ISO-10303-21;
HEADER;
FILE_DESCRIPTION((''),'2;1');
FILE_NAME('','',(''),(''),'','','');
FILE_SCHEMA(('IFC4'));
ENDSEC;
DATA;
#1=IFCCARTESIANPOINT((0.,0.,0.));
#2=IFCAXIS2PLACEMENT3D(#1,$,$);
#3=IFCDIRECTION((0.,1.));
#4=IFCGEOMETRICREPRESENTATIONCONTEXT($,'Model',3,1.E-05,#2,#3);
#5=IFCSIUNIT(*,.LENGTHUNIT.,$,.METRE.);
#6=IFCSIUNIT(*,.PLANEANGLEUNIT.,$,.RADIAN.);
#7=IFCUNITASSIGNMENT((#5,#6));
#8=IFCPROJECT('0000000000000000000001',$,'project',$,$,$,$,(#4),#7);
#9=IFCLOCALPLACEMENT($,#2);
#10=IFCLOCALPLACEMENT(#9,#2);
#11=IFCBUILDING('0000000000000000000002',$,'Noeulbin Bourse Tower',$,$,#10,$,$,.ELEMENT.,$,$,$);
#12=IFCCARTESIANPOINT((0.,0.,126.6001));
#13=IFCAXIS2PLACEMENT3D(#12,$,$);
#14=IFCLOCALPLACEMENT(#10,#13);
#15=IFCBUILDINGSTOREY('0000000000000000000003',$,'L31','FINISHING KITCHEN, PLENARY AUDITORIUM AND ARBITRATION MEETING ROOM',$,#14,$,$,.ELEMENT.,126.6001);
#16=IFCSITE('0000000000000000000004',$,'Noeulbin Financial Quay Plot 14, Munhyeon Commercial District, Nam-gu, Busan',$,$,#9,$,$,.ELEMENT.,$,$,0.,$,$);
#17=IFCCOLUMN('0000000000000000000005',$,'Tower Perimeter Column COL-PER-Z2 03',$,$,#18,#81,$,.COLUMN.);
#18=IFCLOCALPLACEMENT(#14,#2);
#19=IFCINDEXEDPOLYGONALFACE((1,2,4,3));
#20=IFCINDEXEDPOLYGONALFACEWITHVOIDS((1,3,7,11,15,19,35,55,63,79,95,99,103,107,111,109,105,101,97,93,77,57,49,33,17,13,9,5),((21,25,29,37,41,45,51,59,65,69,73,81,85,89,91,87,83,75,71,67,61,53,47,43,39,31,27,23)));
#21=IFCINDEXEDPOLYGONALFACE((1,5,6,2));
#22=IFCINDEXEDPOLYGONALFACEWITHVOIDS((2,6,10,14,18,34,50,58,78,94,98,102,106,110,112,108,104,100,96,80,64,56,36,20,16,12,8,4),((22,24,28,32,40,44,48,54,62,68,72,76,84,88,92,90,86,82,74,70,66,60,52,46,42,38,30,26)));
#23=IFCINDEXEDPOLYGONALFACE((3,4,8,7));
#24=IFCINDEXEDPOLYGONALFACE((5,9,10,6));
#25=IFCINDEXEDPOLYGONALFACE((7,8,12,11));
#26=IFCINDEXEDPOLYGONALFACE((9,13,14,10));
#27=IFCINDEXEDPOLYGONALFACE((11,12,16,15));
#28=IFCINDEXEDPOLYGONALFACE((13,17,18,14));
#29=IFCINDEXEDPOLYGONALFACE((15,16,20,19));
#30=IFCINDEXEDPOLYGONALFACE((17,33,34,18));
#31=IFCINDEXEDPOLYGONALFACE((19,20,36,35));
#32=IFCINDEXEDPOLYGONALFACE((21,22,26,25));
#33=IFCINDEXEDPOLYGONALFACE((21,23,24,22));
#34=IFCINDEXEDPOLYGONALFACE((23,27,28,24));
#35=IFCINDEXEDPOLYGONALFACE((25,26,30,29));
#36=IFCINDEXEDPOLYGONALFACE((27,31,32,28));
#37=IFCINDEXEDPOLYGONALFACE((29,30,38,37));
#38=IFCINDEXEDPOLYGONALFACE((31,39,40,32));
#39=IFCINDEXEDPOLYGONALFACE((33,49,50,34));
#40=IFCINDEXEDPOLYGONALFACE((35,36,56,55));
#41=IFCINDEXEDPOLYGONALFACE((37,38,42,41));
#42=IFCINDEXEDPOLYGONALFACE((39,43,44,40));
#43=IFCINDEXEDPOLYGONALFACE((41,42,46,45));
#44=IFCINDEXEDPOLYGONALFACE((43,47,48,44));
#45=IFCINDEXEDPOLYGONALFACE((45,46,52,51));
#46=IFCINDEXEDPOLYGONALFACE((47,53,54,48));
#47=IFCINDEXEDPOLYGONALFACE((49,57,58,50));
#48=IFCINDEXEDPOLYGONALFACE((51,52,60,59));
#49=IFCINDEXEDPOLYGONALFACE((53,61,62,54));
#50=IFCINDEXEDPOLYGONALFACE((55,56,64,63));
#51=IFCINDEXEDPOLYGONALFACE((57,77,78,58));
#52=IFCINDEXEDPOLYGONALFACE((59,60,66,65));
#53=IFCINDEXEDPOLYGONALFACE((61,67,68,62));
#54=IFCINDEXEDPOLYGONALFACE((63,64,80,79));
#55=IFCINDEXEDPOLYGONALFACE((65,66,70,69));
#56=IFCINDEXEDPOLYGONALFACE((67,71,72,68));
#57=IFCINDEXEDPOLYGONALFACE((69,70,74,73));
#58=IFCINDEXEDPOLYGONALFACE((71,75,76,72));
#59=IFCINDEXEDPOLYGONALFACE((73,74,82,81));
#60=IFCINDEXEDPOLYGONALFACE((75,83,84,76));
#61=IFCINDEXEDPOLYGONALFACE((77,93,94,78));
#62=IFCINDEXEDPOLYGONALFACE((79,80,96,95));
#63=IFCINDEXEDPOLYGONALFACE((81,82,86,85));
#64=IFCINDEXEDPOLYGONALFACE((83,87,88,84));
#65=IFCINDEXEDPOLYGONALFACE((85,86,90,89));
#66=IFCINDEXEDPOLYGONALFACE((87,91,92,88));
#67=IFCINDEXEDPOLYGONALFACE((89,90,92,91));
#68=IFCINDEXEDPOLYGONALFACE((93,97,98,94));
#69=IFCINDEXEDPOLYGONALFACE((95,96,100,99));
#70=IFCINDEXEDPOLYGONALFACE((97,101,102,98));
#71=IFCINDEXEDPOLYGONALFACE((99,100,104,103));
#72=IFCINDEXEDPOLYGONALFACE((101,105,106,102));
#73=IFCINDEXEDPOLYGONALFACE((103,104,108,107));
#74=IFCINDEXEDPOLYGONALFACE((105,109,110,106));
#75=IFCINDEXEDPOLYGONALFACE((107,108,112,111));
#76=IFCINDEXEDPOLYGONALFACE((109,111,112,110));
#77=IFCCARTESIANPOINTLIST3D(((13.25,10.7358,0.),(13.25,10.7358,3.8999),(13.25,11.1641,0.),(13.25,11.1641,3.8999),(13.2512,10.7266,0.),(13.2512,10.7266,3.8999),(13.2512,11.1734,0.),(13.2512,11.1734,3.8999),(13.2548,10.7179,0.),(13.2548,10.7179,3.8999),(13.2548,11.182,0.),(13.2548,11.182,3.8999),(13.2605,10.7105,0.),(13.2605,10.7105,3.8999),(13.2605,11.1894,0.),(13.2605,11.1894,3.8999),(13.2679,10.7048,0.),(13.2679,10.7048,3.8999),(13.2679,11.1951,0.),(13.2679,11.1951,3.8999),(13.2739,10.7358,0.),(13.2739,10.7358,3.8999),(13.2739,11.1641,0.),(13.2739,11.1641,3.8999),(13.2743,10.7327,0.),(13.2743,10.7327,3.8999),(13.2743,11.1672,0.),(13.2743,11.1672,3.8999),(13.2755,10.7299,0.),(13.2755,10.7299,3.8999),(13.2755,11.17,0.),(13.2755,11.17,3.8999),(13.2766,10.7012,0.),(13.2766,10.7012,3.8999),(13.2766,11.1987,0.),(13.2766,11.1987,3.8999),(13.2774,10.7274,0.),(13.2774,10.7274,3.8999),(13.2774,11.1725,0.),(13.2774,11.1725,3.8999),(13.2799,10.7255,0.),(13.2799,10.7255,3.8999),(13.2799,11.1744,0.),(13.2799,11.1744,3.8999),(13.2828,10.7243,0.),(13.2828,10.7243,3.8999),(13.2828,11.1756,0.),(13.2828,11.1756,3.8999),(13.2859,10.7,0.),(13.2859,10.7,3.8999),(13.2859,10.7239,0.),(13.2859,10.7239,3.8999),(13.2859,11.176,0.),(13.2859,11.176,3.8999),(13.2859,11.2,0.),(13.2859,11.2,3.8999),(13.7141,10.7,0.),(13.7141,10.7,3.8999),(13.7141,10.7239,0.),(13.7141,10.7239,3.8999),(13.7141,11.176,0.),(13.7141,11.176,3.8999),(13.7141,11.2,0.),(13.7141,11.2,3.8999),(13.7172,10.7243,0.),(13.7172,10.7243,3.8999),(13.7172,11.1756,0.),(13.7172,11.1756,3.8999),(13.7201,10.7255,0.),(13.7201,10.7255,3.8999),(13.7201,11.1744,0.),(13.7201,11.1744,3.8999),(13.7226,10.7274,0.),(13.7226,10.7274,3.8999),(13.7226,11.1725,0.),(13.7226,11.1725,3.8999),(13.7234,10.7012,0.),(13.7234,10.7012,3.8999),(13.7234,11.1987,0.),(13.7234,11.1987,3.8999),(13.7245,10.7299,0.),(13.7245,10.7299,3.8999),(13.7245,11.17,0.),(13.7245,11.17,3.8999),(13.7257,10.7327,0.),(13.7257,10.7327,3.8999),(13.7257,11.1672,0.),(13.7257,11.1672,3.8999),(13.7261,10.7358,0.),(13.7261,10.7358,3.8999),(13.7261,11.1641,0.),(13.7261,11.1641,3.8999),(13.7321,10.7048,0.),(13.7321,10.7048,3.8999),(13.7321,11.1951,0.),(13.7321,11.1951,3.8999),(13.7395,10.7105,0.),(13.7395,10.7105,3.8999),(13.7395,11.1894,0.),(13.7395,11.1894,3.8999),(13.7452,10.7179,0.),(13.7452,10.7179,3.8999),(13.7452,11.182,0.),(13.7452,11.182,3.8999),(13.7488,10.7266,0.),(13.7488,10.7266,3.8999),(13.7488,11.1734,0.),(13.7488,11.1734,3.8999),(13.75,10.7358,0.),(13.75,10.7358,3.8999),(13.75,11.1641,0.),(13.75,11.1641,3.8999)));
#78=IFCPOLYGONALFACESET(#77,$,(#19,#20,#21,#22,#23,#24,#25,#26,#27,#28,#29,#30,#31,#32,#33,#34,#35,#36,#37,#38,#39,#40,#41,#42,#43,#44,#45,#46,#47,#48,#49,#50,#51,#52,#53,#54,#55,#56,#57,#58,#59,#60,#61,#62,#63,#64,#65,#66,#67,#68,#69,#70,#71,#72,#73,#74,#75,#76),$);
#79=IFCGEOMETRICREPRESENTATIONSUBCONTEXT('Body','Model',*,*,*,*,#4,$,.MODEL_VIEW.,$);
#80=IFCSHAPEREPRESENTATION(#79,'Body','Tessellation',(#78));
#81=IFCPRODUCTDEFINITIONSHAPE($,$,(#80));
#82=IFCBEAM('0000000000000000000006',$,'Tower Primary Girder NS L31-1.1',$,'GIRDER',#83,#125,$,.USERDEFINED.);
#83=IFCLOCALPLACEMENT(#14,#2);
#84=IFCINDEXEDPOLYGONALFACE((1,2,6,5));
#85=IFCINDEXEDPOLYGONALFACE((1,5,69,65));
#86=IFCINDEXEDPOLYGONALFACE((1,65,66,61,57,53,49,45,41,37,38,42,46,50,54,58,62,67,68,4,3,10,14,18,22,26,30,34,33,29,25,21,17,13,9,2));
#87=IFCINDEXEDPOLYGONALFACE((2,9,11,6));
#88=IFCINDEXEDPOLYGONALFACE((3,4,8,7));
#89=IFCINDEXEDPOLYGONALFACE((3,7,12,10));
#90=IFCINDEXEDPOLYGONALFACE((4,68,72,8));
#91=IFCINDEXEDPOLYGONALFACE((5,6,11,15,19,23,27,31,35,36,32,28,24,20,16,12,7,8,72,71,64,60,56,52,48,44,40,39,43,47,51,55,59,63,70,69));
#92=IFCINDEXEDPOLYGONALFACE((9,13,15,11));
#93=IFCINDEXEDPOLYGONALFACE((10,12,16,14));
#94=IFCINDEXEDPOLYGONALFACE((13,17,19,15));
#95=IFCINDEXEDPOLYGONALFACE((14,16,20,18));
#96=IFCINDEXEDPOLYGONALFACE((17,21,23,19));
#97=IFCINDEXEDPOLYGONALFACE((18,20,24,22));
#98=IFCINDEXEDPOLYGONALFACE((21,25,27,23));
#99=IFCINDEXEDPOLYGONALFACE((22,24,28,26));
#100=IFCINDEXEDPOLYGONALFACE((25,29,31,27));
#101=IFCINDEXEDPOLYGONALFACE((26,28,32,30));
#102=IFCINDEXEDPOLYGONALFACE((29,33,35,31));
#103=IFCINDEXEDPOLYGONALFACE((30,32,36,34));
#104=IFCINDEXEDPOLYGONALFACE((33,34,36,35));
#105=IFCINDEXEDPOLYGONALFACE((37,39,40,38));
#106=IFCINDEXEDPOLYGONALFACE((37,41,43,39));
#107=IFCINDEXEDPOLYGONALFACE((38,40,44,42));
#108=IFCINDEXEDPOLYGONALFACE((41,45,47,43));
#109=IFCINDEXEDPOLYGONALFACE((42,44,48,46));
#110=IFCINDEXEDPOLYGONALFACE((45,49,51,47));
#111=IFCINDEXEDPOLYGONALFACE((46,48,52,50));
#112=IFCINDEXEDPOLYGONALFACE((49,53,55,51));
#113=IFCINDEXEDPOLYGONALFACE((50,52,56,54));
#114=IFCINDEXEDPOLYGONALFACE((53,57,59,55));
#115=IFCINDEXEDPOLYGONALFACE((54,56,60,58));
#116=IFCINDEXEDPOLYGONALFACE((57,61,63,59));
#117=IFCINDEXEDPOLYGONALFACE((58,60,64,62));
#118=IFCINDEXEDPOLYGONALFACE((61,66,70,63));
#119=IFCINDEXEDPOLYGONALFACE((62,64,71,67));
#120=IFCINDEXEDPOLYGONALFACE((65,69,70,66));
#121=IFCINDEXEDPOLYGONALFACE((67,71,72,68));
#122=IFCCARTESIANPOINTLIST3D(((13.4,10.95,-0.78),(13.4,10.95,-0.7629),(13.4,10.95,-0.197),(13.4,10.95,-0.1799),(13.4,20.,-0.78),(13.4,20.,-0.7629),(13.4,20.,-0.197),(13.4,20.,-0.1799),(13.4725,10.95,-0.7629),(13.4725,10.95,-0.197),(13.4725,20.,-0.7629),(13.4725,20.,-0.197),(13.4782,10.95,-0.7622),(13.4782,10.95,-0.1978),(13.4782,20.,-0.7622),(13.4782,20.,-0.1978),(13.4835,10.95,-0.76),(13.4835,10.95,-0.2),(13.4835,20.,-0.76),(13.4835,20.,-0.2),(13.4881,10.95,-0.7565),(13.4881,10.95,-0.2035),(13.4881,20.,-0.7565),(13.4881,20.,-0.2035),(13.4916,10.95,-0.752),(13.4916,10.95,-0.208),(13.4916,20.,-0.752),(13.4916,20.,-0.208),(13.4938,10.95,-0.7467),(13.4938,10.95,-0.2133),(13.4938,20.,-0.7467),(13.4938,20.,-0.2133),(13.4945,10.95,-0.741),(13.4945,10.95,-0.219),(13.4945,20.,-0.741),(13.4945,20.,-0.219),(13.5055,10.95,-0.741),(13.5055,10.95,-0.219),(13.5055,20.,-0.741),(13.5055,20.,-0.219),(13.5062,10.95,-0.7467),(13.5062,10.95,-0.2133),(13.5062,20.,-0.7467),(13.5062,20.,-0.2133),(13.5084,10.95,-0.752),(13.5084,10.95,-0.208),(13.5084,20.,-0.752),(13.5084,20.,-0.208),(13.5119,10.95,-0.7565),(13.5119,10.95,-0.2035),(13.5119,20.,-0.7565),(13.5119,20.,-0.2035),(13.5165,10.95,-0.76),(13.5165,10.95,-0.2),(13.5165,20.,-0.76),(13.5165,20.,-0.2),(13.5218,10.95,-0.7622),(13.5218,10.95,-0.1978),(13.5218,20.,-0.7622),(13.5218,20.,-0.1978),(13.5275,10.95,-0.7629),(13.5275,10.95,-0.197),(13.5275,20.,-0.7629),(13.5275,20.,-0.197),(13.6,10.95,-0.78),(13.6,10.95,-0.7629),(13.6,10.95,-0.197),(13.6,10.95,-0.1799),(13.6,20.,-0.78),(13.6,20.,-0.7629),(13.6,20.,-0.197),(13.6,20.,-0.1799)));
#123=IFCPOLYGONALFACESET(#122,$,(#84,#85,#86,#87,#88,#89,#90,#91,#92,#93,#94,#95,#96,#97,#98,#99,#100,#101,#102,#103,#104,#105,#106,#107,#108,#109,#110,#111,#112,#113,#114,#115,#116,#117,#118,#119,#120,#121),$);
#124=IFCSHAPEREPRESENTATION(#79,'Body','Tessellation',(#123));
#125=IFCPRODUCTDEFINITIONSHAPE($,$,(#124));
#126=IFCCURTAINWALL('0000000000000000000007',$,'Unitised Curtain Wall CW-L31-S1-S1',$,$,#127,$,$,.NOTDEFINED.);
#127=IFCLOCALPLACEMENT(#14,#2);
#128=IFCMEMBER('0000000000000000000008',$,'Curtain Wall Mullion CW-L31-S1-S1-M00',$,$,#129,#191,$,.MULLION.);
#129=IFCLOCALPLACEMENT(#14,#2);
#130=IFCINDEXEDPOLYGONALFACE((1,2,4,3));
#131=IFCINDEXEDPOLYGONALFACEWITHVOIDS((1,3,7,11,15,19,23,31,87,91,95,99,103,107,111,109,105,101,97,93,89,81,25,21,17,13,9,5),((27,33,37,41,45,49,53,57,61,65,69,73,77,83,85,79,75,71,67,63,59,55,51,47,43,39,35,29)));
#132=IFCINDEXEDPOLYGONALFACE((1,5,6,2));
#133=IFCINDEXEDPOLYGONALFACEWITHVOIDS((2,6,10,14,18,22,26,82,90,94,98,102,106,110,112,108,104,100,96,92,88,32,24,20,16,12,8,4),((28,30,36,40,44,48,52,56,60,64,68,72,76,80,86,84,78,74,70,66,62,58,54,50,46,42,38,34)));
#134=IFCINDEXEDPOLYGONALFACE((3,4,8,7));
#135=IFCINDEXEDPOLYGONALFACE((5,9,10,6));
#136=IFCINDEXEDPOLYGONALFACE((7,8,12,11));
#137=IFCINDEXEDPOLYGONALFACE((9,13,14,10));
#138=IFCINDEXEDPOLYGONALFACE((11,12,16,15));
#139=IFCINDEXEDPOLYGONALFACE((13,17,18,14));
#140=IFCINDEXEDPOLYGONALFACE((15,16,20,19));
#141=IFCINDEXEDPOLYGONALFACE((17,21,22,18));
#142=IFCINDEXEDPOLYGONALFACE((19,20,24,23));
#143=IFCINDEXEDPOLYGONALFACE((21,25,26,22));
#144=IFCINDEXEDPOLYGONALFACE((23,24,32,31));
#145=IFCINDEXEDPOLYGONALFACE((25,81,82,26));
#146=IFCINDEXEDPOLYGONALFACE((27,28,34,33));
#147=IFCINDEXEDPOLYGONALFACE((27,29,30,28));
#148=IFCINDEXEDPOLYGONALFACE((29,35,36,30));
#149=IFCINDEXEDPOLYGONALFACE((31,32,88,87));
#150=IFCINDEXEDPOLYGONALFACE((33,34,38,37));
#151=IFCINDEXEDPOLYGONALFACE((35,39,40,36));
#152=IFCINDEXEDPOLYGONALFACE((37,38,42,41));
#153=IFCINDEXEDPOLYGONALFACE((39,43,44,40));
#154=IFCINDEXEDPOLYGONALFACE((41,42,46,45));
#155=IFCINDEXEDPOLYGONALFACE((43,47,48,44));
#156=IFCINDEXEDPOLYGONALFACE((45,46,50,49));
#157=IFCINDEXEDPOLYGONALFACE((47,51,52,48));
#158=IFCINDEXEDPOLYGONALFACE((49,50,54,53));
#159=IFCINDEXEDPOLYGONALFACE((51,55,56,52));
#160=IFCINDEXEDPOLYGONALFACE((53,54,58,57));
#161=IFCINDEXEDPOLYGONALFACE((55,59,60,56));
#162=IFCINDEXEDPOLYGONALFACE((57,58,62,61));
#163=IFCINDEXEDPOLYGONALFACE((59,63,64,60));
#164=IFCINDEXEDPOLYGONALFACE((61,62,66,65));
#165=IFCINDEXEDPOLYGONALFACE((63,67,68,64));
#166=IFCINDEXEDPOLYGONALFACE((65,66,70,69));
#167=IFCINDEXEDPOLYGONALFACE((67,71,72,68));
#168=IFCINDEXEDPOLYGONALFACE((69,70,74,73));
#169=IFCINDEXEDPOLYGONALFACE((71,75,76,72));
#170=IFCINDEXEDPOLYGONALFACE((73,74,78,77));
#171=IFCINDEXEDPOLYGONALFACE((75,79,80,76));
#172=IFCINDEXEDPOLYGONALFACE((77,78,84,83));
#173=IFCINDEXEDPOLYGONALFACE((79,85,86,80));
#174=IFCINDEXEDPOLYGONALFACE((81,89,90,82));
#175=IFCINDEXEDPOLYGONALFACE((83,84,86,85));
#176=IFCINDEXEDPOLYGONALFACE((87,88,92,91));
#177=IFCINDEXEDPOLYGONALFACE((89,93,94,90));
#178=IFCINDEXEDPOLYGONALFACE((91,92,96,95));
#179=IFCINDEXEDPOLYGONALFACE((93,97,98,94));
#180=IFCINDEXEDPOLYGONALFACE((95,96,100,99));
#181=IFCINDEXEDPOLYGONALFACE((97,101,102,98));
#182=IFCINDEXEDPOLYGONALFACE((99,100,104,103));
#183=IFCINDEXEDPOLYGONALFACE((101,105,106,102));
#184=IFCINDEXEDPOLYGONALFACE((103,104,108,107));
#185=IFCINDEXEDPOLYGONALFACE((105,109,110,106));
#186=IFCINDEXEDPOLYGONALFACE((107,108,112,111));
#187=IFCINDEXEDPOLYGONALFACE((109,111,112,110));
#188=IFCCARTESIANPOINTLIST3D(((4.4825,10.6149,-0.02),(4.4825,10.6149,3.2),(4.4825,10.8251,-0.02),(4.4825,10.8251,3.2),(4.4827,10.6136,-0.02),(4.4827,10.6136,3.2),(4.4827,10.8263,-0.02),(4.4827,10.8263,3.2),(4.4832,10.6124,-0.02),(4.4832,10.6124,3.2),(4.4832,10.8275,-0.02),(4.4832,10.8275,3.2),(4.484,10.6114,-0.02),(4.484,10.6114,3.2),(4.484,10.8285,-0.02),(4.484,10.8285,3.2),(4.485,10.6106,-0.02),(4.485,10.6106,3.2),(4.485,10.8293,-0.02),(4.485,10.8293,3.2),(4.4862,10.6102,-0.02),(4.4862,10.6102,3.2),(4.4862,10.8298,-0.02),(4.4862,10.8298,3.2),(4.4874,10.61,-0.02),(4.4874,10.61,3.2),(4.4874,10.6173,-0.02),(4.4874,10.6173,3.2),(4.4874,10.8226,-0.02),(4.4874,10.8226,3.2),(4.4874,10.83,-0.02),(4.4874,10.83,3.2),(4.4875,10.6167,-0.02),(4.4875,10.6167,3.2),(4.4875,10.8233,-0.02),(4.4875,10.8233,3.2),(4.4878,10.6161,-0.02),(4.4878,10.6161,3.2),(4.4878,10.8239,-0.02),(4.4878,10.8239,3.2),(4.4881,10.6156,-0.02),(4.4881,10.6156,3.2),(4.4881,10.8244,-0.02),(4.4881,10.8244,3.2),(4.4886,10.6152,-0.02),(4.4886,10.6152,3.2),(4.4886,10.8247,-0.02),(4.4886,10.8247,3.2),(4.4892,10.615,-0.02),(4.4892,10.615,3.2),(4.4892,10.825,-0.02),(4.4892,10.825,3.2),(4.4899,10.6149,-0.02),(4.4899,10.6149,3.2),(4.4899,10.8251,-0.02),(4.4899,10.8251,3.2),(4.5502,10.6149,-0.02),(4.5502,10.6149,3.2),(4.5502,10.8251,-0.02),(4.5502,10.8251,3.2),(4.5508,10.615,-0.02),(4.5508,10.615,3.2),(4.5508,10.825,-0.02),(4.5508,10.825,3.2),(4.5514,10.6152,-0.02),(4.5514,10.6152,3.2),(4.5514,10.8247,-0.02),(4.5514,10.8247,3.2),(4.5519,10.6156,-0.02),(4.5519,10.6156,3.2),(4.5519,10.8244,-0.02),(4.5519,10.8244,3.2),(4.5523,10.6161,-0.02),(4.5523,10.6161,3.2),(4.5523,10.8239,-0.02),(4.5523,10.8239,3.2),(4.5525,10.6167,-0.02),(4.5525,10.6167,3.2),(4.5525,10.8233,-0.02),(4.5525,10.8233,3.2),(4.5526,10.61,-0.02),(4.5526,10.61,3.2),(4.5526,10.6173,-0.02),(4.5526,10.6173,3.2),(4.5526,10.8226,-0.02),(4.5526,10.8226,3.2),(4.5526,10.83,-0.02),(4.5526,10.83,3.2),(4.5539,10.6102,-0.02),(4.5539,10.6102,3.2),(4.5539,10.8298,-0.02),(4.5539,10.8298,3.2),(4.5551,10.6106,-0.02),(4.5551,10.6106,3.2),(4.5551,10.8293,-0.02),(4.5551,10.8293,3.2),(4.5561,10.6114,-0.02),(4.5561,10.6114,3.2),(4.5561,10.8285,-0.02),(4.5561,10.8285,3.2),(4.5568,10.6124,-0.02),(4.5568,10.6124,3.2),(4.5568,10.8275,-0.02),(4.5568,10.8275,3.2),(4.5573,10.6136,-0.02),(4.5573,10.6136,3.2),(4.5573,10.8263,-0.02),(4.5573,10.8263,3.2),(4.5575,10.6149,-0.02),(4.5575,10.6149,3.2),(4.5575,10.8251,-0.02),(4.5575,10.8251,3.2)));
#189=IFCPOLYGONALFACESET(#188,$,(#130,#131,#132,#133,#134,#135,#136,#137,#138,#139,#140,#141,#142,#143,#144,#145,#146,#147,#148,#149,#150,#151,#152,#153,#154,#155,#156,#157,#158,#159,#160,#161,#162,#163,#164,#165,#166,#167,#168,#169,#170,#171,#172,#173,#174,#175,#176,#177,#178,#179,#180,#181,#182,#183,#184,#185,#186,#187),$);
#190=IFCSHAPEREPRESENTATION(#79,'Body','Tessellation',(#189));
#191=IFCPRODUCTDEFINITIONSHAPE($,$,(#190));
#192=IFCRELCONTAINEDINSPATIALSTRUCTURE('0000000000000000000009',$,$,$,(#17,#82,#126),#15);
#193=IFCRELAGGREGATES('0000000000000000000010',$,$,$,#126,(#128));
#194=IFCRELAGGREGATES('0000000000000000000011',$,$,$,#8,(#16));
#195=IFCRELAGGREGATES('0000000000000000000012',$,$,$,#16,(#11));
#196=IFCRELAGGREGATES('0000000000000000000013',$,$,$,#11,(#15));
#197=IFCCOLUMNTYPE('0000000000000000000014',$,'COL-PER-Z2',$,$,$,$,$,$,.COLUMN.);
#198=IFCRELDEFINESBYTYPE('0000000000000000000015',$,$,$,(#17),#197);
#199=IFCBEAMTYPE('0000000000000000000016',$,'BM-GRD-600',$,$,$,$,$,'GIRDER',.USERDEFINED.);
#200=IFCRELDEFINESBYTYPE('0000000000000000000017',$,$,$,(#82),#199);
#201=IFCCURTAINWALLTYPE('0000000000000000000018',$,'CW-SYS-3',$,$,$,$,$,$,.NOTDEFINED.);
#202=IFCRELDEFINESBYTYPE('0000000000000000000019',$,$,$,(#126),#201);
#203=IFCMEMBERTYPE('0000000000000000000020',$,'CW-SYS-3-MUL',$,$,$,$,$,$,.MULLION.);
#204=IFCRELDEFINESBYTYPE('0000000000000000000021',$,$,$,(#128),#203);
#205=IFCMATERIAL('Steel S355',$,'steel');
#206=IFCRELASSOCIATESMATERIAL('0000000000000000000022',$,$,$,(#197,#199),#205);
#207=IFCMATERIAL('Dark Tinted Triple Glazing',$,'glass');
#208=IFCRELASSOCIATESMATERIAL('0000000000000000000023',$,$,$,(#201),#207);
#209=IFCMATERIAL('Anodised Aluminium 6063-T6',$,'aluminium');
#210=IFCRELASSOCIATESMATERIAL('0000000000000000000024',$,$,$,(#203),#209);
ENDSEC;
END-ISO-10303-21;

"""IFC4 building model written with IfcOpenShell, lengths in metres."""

from ifc_helpers import new_model, si_unit, direction, frame, origin, origin_2d, place, context, subcontext, project, spatial, hollow_rectangle, i_section, extrude, material, material_profile, profile_set, type_object, element, aggregate, save


model = new_model("IFC4")

# Units and contexts
model_context = context("Model", 3, precision=1e-05, world=origin(), true_north=direction((0.0, 1.0)))
body_context = subcontext(model_context, "Body", "Model", "MODEL_VIEW")
ifc_project = project(units=[si_unit("LENGTHUNIT", "METRE"), si_unit("PLANEANGLEUNIT", "RADIAN")], contexts=[model_context])

# Site, building, storey
site_placement = place(None, origin())
site = spatial("IfcSite", under=ifc_project, at=site_placement, Name="Noeulbin Financial Quay Plot 14, Munhyeon Commercial District, Nam-gu, Busan", CompositionType="ELEMENT", RefElevation=0.0)
building_placement = place(site_placement, origin())
building = spatial("IfcBuilding", under=site, at=building_placement, Name="Noeulbin Bourse Tower", CompositionType="ELEMENT")
storey_placement = place(building_placement, frame((0.0, 0.0, 126.6001)))
storey = spatial("IfcBuildingStorey", under=building, at=storey_placement, Name="L31", Description="FINISHING KITCHEN, PLENARY AUDITORIUM AND ARBITRATION MEETING ROOM", CompositionType="ELEMENT", Elevation=126.6001)

# Column
ifc_material_1 = material(Name="Steel S355", Category="steel")
ifc_material_profile_1 = material_profile(ifc_material_1, hollow_rectangle(XDim=0.5, YDim=0.5, WallThickness=0.0239, InnerFilletRadius=0.012, OuterFilletRadius=0.0359, at=origin_2d()), Name="BOX-500x500x24", Category="LoadBearing")
ifc_profile_set_1 = profile_set([ifc_material_profile_1], Name="Steel S355")
column_type = type_object("IfcColumnType", Name="COL-PER-Z2", PredefinedType="COLUMN", material=ifc_profile_set_1)
column_placement = place(storey_placement, frame((13.5, 10.95, 0.0), z_axis=(0.0, 0.0, 1.0), x_axis=(1.0, 0.0, 0.0)))
element("IfcColumn", 1, at=column_placement, inside=storey, type_object=column_type, Name="Tower Perimeter Column COL-PER-Z2 03", PredefinedType="COLUMN", context=body_context, shape_type="SweptSolid", body=[
    extrude(hollow_rectangle(XDim=0.5, YDim=0.5, WallThickness=0.0239, InnerFilletRadius=0.012, OuterFilletRadius=0.0359, at=origin_2d()), origin(), (0.0, 0.0, 1.0), 3.8999),
])

# Beam
ifc_material_profile_2 = material_profile(ifc_material_1, i_section(OverallWidth=0.2, OverallDepth=0.6001, WebThickness=0.011, FlangeThickness=0.0171, FilletRadius=0.022, at=origin_2d()), Name="H-600x200x11x17", Category="LoadBearing")
ifc_profile_set_2 = profile_set([ifc_material_profile_2], Name="Steel S355")
beam_type = type_object("IfcBeamType", Name="BM-GRD-600", ElementType="GIRDER", PredefinedType="USERDEFINED", material=ifc_profile_set_2)
beam_placement = place(storey_placement, frame((13.5, 10.95, -0.48), z_axis=(0.0, 1.0, 0.0), x_axis=(-1.0, 0.0, 0.0)))
element("IfcBeam", 2, at=beam_placement, inside=storey, type_object=beam_type, Name="Tower Primary Girder NS L31-1.1", ObjectType="GIRDER", PredefinedType="USERDEFINED", context=body_context, shape_type="SweptSolid", body=[
    extrude(i_section(OverallWidth=0.2, OverallDepth=0.6001, WebThickness=0.011, FlangeThickness=0.0171, FilletRadius=0.022, at=origin_2d()), origin(), (0.0, 0.0, 1.0), 9.05),
])

# Curtain wall, member
ifc_material_2 = material(Name="Dark Tinted Triple Glazing", Category="glass")
curtain_wall_type = type_object("IfcCurtainWallType", Name="CW-SYS-3", PredefinedType="NOTDEFINED", material=ifc_material_2)
curtain_wall_1_placement = place(storey_placement, origin())
curtain_wall_1 = element("IfcCurtainWall", 3, at=curtain_wall_1_placement, inside=storey, type_object=curtain_wall_type, Name="Unitised Curtain Wall CW-L31-S1-S1", PredefinedType="NOTDEFINED")
ifc_material_3 = material(Name="Anodised Aluminium 6063-T6", Category="aluminium")
ifc_material_profile_3 = material_profile(ifc_material_3, hollow_rectangle(XDim=0.075, YDim=0.22, WallThickness=0.0049, InnerFilletRadius=0.0024, OuterFilletRadius=0.0049, at=origin_2d()), Name="ALU-MULL-75x220x5", Category="LoadBearing")
ifc_profile_set_3 = profile_set([ifc_material_profile_3], Name="Anodised Aluminium 6063-T6")
member_type_1 = type_object("IfcMemberType", Name="CW-SYS-3-MUL", PredefinedType="MULLION", material=ifc_profile_set_3)
member_1_placement = place(storey_placement, frame((4.52, 10.72, -0.02), z_axis=(0.0, 0.0, 1.0), x_axis=(1.0, 0.0, 0.0)))
member_1 = element("IfcMember", 4, at=member_1_placement, type_object=member_type_1, Name="Curtain Wall Mullion CW-L31-S1-S1-M00", PredefinedType="MULLION", context=body_context, shape_type="SweptSolid", body=[
    extrude(hollow_rectangle(XDim=0.075, YDim=0.22, WallThickness=0.0049, InnerFilletRadius=0.0024, OuterFilletRadius=0.0049, at=origin_2d()), origin(), (0.0, 0.0, 1.0), 3.22),
])

aggregate(curtain_wall_1, [member_1])

save(model, "model.ifc")
